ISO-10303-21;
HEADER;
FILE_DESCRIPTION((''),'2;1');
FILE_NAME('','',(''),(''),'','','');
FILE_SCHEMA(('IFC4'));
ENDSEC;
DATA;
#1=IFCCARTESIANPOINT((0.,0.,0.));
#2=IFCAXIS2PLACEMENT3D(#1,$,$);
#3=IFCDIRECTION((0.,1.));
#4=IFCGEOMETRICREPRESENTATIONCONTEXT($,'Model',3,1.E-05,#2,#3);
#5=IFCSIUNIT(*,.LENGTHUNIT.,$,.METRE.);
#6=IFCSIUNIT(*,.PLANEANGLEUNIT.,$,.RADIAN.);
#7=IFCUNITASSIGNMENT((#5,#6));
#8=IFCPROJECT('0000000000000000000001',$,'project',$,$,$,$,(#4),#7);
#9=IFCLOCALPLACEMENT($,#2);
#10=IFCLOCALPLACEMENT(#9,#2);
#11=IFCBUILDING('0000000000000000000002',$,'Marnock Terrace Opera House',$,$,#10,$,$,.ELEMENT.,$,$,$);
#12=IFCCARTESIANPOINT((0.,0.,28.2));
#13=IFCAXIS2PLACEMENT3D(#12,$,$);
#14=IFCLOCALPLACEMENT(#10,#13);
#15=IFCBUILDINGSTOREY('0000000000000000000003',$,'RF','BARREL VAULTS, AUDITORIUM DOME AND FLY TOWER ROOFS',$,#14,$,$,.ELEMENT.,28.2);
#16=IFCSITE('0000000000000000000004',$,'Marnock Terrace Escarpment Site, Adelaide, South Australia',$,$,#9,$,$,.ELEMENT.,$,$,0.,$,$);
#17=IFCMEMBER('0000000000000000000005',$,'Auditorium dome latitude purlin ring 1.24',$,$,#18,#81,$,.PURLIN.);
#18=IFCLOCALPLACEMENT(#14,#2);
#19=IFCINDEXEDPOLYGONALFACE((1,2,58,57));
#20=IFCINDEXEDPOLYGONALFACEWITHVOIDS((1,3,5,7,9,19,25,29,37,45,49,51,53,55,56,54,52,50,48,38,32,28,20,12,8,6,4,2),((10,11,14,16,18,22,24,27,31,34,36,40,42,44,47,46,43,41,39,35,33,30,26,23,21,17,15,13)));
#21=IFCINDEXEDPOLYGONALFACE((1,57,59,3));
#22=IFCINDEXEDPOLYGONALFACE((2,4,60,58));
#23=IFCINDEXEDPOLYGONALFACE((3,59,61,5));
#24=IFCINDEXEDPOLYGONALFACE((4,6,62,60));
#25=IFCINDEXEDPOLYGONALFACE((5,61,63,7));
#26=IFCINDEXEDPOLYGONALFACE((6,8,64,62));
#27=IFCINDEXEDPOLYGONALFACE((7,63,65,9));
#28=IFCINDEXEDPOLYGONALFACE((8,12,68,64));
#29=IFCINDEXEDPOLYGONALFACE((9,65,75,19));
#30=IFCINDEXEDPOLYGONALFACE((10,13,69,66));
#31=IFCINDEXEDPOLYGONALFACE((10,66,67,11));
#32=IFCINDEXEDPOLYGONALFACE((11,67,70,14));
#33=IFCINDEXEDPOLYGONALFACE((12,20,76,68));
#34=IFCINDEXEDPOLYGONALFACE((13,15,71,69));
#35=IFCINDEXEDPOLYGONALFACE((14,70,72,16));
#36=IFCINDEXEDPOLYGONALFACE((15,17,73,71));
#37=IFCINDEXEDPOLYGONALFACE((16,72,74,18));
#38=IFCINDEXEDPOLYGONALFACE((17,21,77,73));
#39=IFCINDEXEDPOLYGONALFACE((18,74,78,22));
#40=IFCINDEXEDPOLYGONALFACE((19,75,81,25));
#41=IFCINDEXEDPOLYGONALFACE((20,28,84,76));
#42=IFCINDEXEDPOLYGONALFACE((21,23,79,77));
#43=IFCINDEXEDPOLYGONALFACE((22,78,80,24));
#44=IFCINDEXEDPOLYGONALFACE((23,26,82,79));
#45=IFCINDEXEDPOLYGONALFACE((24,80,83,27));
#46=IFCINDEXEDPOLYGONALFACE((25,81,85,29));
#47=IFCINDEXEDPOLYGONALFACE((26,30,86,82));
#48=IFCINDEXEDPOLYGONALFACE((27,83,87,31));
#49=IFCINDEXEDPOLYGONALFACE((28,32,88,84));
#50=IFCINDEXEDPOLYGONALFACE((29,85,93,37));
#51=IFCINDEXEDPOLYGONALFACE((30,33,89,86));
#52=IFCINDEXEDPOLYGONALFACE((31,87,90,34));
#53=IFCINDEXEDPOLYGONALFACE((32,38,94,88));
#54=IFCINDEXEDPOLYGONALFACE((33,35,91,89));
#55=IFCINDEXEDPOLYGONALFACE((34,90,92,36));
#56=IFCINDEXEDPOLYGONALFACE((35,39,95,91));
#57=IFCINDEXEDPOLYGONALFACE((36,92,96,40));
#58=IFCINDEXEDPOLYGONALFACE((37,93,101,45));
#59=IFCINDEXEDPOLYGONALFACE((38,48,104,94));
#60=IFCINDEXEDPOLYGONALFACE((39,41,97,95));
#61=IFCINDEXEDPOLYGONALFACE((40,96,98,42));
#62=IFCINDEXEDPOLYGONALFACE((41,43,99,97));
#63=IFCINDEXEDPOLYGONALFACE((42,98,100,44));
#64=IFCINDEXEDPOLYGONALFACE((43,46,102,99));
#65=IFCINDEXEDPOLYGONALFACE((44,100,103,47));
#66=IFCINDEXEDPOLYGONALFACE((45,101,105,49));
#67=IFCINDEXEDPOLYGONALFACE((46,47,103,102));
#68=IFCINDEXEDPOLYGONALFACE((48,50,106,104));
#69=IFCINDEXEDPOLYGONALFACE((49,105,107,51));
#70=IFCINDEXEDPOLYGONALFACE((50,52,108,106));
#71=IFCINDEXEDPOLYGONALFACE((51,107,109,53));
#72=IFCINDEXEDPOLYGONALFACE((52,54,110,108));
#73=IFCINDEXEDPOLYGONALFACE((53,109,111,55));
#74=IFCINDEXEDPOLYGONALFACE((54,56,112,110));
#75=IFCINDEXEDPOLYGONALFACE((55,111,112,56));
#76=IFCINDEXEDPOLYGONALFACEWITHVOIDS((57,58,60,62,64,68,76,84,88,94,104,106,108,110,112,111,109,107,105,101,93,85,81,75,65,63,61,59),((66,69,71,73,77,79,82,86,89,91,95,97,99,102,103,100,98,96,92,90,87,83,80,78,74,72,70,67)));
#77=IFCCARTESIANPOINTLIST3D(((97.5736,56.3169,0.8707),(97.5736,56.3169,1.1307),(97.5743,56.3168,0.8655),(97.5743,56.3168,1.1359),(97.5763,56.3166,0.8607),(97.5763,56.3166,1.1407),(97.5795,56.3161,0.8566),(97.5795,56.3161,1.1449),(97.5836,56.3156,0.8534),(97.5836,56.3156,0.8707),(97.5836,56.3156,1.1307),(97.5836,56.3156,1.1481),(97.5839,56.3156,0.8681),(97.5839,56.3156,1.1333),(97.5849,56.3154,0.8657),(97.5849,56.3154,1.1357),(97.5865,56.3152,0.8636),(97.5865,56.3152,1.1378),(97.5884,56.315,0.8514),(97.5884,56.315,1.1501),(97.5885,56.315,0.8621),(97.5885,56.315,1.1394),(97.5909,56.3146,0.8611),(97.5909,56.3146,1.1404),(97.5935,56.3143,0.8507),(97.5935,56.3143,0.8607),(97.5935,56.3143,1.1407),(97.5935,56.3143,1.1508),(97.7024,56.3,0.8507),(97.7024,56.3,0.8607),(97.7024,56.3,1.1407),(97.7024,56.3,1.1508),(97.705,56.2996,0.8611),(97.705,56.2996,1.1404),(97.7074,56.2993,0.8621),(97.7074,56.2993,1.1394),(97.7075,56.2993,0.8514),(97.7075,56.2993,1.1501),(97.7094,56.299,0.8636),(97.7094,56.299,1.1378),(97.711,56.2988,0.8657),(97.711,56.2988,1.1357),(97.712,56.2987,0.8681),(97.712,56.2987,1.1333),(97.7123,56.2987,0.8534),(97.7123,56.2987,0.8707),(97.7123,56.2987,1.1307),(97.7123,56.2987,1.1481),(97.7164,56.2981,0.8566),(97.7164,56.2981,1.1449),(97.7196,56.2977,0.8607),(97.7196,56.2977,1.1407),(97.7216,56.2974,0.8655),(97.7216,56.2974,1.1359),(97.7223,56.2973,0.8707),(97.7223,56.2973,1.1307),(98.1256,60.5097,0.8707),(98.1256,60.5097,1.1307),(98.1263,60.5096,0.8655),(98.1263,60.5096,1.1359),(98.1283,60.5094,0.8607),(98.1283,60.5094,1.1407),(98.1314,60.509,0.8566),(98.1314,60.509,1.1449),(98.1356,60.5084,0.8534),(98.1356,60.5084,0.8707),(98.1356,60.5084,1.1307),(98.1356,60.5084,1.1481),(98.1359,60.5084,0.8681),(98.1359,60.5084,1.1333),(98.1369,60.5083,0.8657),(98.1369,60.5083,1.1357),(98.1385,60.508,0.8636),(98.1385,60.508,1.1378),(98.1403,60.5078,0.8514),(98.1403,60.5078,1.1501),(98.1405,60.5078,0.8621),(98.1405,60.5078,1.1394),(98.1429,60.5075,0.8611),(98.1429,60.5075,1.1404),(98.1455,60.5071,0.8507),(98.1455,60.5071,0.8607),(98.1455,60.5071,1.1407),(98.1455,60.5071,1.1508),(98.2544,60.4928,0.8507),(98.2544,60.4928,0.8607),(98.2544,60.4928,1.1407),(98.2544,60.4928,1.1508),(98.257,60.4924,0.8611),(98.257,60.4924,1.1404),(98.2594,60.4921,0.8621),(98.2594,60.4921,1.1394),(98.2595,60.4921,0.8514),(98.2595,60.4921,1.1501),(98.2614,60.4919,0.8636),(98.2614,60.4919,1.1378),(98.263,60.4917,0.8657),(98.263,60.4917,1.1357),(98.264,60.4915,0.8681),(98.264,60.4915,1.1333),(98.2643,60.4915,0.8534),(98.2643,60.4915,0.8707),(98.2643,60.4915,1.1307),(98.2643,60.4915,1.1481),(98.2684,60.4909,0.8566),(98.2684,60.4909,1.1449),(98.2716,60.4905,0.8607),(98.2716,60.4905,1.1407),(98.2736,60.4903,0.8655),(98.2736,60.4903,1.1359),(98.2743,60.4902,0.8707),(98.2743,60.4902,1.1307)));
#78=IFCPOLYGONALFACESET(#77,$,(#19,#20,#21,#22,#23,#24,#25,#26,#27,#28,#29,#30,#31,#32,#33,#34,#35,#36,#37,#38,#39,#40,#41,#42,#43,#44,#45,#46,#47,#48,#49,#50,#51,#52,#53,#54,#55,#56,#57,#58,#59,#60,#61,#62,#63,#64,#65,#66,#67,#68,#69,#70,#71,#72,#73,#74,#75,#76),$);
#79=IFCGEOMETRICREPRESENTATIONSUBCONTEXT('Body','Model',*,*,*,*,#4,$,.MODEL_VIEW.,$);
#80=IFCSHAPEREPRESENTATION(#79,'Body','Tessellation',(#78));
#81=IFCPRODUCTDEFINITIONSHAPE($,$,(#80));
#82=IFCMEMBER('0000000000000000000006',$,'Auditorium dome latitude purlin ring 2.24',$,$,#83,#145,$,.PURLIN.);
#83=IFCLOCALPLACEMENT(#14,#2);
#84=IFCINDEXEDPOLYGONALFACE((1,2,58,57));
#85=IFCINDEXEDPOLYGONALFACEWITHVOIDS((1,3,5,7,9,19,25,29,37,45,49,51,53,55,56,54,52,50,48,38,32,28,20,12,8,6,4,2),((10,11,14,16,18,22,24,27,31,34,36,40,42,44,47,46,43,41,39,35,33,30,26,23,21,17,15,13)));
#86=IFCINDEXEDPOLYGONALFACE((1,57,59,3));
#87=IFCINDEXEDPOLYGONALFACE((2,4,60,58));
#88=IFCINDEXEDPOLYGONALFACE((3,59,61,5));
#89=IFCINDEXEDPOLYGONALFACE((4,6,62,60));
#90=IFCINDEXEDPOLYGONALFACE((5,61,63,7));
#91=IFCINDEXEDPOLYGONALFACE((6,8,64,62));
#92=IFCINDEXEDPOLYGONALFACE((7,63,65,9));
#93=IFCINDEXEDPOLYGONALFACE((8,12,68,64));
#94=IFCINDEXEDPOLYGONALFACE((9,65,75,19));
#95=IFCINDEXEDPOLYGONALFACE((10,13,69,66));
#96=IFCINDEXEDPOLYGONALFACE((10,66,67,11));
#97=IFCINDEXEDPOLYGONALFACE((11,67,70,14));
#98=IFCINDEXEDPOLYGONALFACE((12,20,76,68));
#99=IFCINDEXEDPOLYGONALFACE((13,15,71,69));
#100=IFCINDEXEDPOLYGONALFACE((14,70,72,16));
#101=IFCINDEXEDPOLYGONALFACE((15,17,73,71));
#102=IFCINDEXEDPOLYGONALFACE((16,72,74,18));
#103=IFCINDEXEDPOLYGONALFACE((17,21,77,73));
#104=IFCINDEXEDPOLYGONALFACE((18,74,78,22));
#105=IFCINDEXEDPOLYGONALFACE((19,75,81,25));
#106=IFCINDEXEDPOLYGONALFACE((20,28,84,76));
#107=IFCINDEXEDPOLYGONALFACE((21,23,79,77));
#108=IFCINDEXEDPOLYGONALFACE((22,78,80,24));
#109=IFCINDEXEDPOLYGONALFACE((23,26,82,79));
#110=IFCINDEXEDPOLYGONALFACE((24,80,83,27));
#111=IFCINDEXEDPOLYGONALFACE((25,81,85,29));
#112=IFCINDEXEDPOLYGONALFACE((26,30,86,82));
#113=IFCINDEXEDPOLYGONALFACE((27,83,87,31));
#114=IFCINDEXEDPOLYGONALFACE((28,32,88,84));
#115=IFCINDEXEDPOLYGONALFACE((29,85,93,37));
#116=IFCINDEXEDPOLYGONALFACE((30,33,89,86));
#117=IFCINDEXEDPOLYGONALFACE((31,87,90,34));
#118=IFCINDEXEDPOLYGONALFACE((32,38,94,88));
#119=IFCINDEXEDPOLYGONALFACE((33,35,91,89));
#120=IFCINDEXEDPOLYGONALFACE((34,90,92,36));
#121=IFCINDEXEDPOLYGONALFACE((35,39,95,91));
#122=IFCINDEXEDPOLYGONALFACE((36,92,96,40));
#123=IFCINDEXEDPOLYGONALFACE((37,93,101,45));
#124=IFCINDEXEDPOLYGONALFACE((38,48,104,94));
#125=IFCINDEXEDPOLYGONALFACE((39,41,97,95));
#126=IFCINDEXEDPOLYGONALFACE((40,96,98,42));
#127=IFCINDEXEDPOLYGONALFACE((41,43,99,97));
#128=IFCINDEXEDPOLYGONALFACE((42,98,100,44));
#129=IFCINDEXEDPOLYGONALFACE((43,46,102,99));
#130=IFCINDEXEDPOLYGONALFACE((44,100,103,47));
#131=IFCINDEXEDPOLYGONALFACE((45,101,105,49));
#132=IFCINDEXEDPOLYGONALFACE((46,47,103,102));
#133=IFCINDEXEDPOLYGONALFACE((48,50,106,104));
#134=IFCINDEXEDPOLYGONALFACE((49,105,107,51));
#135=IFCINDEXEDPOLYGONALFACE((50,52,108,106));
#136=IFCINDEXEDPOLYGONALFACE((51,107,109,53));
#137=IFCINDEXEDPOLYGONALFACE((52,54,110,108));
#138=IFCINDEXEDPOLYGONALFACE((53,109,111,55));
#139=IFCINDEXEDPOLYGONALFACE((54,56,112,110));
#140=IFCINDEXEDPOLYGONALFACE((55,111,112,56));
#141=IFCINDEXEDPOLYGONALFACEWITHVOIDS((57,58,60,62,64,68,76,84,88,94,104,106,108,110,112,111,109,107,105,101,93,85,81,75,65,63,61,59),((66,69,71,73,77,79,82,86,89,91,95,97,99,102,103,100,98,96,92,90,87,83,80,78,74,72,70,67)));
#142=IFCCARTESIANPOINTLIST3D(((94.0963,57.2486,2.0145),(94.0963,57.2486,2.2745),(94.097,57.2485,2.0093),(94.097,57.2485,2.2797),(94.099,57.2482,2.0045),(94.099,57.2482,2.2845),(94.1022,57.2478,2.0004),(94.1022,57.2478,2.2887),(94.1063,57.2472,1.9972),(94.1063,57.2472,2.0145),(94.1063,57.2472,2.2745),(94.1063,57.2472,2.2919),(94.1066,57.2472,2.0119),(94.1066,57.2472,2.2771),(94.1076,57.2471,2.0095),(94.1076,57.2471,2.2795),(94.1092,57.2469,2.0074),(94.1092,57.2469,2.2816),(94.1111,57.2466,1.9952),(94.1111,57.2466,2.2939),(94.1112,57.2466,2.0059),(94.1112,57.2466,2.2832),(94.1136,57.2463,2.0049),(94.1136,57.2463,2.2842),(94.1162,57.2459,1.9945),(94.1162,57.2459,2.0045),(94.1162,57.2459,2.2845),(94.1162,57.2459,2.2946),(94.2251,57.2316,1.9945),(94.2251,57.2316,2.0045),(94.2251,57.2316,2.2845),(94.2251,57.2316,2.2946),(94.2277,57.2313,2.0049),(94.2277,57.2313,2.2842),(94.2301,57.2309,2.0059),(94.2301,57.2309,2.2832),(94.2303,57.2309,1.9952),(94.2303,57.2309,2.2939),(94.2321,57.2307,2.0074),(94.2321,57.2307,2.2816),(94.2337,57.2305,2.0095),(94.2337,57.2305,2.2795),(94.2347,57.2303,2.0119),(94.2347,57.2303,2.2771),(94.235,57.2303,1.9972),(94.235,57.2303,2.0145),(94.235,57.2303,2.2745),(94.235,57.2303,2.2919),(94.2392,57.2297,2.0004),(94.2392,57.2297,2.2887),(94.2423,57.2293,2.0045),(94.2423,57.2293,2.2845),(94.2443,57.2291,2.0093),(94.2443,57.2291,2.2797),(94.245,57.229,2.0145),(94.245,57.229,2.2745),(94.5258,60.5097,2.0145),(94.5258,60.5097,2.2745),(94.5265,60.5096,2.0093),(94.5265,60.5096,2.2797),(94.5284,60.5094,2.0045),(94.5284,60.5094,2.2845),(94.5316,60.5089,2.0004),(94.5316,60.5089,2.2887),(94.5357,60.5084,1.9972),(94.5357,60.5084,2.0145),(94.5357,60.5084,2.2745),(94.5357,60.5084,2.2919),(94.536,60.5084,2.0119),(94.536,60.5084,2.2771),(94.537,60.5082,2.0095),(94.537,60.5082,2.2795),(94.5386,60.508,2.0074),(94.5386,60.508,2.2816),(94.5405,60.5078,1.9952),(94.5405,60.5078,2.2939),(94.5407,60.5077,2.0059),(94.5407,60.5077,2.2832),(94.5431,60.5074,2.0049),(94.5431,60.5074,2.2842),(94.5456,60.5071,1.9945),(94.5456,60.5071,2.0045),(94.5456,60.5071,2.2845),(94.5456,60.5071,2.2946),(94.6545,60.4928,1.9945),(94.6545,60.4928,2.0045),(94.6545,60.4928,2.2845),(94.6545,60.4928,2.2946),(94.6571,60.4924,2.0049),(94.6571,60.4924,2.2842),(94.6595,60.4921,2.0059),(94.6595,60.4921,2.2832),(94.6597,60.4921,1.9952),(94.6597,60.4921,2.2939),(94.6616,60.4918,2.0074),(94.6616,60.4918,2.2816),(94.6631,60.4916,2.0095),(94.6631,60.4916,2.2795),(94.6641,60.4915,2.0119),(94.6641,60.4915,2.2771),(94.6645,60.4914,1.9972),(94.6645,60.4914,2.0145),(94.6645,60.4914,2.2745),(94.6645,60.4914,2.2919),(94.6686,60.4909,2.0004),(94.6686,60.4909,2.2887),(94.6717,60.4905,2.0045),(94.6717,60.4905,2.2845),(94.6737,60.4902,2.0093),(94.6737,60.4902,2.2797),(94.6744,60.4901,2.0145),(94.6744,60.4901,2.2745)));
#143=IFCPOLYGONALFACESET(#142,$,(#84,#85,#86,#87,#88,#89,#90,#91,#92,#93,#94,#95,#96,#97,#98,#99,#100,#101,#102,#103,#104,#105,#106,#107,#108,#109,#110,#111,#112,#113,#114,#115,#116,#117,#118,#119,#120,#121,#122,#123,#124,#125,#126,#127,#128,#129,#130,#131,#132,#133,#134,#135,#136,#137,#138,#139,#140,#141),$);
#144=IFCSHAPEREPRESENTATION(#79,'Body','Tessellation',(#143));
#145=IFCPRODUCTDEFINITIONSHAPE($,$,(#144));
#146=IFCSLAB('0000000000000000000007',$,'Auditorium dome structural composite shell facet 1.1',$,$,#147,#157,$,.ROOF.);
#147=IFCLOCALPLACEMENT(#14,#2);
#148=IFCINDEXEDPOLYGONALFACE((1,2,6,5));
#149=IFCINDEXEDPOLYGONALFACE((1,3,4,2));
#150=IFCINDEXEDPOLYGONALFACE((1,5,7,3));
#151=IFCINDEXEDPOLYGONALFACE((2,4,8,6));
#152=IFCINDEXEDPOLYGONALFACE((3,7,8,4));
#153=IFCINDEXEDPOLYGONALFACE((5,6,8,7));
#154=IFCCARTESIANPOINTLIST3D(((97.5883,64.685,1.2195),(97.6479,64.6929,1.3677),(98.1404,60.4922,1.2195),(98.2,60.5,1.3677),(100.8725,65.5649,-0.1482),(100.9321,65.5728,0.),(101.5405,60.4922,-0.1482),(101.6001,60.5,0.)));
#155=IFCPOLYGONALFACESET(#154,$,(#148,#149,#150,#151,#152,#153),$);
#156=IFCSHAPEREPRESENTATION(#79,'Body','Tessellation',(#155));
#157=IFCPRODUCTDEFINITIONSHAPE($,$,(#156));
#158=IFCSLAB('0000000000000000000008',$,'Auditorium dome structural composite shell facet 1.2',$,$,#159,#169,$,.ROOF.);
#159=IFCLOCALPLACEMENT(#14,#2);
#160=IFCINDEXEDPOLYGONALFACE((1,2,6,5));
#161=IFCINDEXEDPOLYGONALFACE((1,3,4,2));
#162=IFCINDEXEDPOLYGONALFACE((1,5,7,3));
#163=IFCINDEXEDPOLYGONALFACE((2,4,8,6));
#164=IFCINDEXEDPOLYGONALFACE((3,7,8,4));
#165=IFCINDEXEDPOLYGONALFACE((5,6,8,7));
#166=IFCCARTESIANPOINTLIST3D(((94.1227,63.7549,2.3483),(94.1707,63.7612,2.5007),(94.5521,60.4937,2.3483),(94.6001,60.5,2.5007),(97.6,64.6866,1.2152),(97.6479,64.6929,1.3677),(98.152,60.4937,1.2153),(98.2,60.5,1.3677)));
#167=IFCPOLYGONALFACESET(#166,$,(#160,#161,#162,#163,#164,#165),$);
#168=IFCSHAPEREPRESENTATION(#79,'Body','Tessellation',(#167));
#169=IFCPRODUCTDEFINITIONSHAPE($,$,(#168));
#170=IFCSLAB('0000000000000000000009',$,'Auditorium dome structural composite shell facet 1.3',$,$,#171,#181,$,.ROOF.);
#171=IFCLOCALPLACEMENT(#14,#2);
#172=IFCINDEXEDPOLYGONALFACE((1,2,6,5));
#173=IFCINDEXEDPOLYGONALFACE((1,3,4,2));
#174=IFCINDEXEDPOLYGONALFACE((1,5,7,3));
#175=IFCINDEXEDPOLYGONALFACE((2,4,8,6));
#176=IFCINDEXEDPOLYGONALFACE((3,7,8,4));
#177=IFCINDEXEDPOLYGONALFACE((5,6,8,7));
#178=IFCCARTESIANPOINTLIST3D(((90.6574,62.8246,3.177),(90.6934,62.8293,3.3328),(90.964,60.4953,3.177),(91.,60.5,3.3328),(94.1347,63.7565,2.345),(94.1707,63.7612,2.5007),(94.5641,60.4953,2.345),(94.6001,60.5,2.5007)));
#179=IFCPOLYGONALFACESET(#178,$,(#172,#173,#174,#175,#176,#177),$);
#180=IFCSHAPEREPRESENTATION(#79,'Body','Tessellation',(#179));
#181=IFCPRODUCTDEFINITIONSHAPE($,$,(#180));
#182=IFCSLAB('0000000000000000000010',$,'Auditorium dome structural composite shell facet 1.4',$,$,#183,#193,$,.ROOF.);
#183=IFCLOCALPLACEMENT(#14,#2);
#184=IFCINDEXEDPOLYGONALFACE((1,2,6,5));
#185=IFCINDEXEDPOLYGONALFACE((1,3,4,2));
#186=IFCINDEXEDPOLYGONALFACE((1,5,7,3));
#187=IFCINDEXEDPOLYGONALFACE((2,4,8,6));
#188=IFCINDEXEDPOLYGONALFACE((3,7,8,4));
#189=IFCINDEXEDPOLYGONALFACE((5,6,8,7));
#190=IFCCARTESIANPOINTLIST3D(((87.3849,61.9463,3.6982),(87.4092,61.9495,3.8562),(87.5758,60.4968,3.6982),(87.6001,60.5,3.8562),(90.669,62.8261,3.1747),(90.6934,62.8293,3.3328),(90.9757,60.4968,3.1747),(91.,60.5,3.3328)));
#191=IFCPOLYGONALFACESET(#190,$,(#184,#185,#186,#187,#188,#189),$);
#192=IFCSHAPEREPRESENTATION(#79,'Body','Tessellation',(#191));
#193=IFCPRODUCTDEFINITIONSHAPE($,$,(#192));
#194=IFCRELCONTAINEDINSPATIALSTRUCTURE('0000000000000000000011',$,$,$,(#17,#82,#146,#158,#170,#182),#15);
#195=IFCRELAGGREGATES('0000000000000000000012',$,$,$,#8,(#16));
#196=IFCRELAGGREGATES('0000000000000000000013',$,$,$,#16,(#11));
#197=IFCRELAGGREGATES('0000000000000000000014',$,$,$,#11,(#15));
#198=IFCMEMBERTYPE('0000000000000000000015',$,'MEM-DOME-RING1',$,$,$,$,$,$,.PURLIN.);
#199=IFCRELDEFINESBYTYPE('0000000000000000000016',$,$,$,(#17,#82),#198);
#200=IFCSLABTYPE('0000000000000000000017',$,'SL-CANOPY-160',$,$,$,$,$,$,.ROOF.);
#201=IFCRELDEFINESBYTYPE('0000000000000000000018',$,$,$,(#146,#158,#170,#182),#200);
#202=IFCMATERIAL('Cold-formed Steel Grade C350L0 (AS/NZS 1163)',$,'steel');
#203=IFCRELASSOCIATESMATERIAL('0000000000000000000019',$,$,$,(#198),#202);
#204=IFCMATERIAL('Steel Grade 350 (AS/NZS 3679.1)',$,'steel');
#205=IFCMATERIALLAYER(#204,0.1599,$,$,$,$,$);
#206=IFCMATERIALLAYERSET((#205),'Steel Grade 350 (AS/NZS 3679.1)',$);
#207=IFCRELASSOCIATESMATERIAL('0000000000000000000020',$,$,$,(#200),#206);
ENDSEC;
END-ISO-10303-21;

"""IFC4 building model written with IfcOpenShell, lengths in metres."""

from ifc_helpers import new_model, si_unit, direction, frame, origin, origin_2d, place, context, subcontext, project, spatial, polyline, hollow_rectangle, outline, extrude, material, layer, layer_set, material_profile, profile_set, type_object, element, save


model = new_model("IFC4")

# Units and contexts
model_context = context("Model", 3, precision=1e-05, world=origin(), true_north=direction((0.0, 1.0)))
body_context = subcontext(model_context, "Body", "Model", "MODEL_VIEW")
ifc_project = project(units=[si_unit("LENGTHUNIT", "METRE"), si_unit("PLANEANGLEUNIT", "RADIAN")], contexts=[model_context])

# Site, building, storey
site_placement = place(None, origin())
site = spatial("IfcSite", under=ifc_project, at=site_placement, Name="Marnock Terrace Escarpment Site, Adelaide, South Australia", CompositionType="ELEMENT", RefElevation=0.0)
building_placement = place(site_placement, origin())
building = spatial("IfcBuilding", under=site, at=building_placement, Name="Marnock Terrace Opera House", CompositionType="ELEMENT")
storey_placement = place(building_placement, frame((0.0, 0.0, 28.2)))
storey = spatial("IfcBuildingStorey", under=building, at=storey_placement, Name="RF", Description="BARREL VAULTS, AUDITORIUM DOME AND FLY TOWER ROOFS", CompositionType="ELEMENT", Elevation=28.2)

# Shared definitions
ifc_material_1 = material(Name="Steel Grade 350 (AS/NZS 3679.1)", Category="steel")

# Members
ifc_material_2 = material(Name="Cold-formed Steel Grade C350L0 (AS/NZS 1163)", Category="steel")
ifc_material_profile_1 = material_profile(ifc_material_2, hollow_rectangle(XDim=0.1499, YDim=0.3, WallThickness=0.01, InnerFilletRadius=0.01, OuterFilletRadius=0.02, at=origin_2d()))
ifc_profile_set_1 = profile_set([ifc_material_profile_1], Name="Cold-formed Steel Grade C350L0 (AS/NZS 1163)")
member_type_1 = type_object("IfcMemberType", Name="MEM-DOME-RING1", PredefinedType="PURLIN", material=ifc_profile_set_1)
member_1_placement = place(storey_placement, frame((97.6479, 56.3071, 1.0007), z_axis=(0.130526, 0.991445, 0.0), x_axis=(-0.991445, 0.130526, 0.0)))
element("IfcMember", 1, at=member_1_placement, inside=storey, type_object=member_type_1, Name="Auditorium dome latitude purlin ring 1.24", PredefinedType="PURLIN", context=body_context, shape_type="SweptSolid", body=[
    extrude(hollow_rectangle(XDim=0.1499, YDim=0.3, WallThickness=0.01, InnerFilletRadius=0.01, OuterFilletRadius=0.02, at=origin_2d()), origin(), (0.0, 0.0, 1.0), 4.229),
])
member_2_placement = place(storey_placement, frame((94.1707, 57.2388, 2.1445), z_axis=(0.130554, 0.991441, 0.0), x_axis=(-0.991441, 0.130554, 0.0)))
element("IfcMember", 2, at=member_2_placement, inside=storey, type_object=member_type_1, Name="Auditorium dome latitude purlin ring 2.24", PredefinedType="PURLIN", context=body_context, shape_type="SweptSolid", body=[
    extrude(hollow_rectangle(XDim=0.1499, YDim=0.3, WallThickness=0.01, InnerFilletRadius=0.01, OuterFilletRadius=0.02, at=origin_2d()), origin(), (0.0, 0.0, 1.0), 3.2893),
])

# Slabs
ifc_layer_1 = layer(ifc_material_1, 0.1599)
ifc_layer_set_1 = layer_set([ifc_layer_1], Name="Steel Grade 350 (AS/NZS 3679.1)")
slab_type = type_object("IfcSlabType", Name="SL-CANOPY-160", PredefinedType="ROOF", material=ifc_layer_set_1)
slab_1_placement = place(storey_placement, frame((101.6001, 60.5, 0.0), z_axis=(0.372738, 0.049077, 0.926638), x_axis=(-0.130549, 0.991442, 0.000004)))
element("IfcSlab", 3, at=slab_1_placement, inside=storey, type_object=slab_type, Name="Auditorium dome structural composite shell facet 1.1", PredefinedType="ROOF", context=body_context, shape_type="SweptSolid", body=[
    extrude(outline(polyline([(0.0, 0.0), (5.1165, 0.0), (4.6729, 3.6378), (0.4439, 3.6379), (0.0, 0.0)])), origin(), (0.0, 0.0, -1.0), 0.1599),
])
slab_2_placement = place(storey_placement, frame((98.2, 60.5, 1.3677), z_axis=(0.299992, 0.039498, 0.953124), x_axis=(-0.130527, 0.991445, -0.000004)))
element("IfcSlab", 4, at=slab_2_placement, inside=storey, type_object=slab_type, Name="Auditorium dome structural composite shell facet 1.2", PredefinedType="ROOF", context=body_context, shape_type="SweptSolid", body=[
    extrude(outline(polyline([(0.0, 0.0), (4.2291, 0.0), (3.7593, 3.7447), (0.4699, 3.7446), (0.0, 0.0)])), origin(), (0.0, 0.0, -1.0), 0.1599),
])
slab_3_placement = place(storey_placement, frame((94.6001, 60.5, 2.5007), z_axis=(0.225082, 0.029635, 0.973889), x_axis=(-0.130554, 0.991441, 0.000004)))
element("IfcSlab", 5, at=slab_3_placement, inside=storey, type_object=slab_type, Name="Auditorium dome structural composite shell facet 1.3", PredefinedType="ROOF", context=body_context, shape_type="SweptSolid", body=[
    extrude(outline(polyline([(0.0, 0.0), (3.2894, 0.0), (2.8195, 3.6649), (0.47, 3.665), (0.0, 0.0)])), origin(), (0.0, 0.0, -1.0), 0.1599),
])
slab_4_placement = place(storey_placement, frame((91.0, 60.5, 3.3328), z_axis=(0.15213, 0.020031, 0.988157), x_axis=(-0.130517, 0.991446, -0.000004)))
element("IfcSlab", 6, at=slab_4_placement, inside=storey, type_object=slab_type, Name="Auditorium dome structural composite shell facet 1.4", PredefinedType="ROOF", context=body_context, shape_type="SweptSolid", body=[
    extrude(outline(polyline([(0.0, 0.0), (2.3494, 0.0), (1.9057, 3.4113), (0.4437, 3.4112), (0.0, 0.0)])), origin(), (0.0, 0.0, -1.0), 0.1599),
])

save(model, "model.ifc")
